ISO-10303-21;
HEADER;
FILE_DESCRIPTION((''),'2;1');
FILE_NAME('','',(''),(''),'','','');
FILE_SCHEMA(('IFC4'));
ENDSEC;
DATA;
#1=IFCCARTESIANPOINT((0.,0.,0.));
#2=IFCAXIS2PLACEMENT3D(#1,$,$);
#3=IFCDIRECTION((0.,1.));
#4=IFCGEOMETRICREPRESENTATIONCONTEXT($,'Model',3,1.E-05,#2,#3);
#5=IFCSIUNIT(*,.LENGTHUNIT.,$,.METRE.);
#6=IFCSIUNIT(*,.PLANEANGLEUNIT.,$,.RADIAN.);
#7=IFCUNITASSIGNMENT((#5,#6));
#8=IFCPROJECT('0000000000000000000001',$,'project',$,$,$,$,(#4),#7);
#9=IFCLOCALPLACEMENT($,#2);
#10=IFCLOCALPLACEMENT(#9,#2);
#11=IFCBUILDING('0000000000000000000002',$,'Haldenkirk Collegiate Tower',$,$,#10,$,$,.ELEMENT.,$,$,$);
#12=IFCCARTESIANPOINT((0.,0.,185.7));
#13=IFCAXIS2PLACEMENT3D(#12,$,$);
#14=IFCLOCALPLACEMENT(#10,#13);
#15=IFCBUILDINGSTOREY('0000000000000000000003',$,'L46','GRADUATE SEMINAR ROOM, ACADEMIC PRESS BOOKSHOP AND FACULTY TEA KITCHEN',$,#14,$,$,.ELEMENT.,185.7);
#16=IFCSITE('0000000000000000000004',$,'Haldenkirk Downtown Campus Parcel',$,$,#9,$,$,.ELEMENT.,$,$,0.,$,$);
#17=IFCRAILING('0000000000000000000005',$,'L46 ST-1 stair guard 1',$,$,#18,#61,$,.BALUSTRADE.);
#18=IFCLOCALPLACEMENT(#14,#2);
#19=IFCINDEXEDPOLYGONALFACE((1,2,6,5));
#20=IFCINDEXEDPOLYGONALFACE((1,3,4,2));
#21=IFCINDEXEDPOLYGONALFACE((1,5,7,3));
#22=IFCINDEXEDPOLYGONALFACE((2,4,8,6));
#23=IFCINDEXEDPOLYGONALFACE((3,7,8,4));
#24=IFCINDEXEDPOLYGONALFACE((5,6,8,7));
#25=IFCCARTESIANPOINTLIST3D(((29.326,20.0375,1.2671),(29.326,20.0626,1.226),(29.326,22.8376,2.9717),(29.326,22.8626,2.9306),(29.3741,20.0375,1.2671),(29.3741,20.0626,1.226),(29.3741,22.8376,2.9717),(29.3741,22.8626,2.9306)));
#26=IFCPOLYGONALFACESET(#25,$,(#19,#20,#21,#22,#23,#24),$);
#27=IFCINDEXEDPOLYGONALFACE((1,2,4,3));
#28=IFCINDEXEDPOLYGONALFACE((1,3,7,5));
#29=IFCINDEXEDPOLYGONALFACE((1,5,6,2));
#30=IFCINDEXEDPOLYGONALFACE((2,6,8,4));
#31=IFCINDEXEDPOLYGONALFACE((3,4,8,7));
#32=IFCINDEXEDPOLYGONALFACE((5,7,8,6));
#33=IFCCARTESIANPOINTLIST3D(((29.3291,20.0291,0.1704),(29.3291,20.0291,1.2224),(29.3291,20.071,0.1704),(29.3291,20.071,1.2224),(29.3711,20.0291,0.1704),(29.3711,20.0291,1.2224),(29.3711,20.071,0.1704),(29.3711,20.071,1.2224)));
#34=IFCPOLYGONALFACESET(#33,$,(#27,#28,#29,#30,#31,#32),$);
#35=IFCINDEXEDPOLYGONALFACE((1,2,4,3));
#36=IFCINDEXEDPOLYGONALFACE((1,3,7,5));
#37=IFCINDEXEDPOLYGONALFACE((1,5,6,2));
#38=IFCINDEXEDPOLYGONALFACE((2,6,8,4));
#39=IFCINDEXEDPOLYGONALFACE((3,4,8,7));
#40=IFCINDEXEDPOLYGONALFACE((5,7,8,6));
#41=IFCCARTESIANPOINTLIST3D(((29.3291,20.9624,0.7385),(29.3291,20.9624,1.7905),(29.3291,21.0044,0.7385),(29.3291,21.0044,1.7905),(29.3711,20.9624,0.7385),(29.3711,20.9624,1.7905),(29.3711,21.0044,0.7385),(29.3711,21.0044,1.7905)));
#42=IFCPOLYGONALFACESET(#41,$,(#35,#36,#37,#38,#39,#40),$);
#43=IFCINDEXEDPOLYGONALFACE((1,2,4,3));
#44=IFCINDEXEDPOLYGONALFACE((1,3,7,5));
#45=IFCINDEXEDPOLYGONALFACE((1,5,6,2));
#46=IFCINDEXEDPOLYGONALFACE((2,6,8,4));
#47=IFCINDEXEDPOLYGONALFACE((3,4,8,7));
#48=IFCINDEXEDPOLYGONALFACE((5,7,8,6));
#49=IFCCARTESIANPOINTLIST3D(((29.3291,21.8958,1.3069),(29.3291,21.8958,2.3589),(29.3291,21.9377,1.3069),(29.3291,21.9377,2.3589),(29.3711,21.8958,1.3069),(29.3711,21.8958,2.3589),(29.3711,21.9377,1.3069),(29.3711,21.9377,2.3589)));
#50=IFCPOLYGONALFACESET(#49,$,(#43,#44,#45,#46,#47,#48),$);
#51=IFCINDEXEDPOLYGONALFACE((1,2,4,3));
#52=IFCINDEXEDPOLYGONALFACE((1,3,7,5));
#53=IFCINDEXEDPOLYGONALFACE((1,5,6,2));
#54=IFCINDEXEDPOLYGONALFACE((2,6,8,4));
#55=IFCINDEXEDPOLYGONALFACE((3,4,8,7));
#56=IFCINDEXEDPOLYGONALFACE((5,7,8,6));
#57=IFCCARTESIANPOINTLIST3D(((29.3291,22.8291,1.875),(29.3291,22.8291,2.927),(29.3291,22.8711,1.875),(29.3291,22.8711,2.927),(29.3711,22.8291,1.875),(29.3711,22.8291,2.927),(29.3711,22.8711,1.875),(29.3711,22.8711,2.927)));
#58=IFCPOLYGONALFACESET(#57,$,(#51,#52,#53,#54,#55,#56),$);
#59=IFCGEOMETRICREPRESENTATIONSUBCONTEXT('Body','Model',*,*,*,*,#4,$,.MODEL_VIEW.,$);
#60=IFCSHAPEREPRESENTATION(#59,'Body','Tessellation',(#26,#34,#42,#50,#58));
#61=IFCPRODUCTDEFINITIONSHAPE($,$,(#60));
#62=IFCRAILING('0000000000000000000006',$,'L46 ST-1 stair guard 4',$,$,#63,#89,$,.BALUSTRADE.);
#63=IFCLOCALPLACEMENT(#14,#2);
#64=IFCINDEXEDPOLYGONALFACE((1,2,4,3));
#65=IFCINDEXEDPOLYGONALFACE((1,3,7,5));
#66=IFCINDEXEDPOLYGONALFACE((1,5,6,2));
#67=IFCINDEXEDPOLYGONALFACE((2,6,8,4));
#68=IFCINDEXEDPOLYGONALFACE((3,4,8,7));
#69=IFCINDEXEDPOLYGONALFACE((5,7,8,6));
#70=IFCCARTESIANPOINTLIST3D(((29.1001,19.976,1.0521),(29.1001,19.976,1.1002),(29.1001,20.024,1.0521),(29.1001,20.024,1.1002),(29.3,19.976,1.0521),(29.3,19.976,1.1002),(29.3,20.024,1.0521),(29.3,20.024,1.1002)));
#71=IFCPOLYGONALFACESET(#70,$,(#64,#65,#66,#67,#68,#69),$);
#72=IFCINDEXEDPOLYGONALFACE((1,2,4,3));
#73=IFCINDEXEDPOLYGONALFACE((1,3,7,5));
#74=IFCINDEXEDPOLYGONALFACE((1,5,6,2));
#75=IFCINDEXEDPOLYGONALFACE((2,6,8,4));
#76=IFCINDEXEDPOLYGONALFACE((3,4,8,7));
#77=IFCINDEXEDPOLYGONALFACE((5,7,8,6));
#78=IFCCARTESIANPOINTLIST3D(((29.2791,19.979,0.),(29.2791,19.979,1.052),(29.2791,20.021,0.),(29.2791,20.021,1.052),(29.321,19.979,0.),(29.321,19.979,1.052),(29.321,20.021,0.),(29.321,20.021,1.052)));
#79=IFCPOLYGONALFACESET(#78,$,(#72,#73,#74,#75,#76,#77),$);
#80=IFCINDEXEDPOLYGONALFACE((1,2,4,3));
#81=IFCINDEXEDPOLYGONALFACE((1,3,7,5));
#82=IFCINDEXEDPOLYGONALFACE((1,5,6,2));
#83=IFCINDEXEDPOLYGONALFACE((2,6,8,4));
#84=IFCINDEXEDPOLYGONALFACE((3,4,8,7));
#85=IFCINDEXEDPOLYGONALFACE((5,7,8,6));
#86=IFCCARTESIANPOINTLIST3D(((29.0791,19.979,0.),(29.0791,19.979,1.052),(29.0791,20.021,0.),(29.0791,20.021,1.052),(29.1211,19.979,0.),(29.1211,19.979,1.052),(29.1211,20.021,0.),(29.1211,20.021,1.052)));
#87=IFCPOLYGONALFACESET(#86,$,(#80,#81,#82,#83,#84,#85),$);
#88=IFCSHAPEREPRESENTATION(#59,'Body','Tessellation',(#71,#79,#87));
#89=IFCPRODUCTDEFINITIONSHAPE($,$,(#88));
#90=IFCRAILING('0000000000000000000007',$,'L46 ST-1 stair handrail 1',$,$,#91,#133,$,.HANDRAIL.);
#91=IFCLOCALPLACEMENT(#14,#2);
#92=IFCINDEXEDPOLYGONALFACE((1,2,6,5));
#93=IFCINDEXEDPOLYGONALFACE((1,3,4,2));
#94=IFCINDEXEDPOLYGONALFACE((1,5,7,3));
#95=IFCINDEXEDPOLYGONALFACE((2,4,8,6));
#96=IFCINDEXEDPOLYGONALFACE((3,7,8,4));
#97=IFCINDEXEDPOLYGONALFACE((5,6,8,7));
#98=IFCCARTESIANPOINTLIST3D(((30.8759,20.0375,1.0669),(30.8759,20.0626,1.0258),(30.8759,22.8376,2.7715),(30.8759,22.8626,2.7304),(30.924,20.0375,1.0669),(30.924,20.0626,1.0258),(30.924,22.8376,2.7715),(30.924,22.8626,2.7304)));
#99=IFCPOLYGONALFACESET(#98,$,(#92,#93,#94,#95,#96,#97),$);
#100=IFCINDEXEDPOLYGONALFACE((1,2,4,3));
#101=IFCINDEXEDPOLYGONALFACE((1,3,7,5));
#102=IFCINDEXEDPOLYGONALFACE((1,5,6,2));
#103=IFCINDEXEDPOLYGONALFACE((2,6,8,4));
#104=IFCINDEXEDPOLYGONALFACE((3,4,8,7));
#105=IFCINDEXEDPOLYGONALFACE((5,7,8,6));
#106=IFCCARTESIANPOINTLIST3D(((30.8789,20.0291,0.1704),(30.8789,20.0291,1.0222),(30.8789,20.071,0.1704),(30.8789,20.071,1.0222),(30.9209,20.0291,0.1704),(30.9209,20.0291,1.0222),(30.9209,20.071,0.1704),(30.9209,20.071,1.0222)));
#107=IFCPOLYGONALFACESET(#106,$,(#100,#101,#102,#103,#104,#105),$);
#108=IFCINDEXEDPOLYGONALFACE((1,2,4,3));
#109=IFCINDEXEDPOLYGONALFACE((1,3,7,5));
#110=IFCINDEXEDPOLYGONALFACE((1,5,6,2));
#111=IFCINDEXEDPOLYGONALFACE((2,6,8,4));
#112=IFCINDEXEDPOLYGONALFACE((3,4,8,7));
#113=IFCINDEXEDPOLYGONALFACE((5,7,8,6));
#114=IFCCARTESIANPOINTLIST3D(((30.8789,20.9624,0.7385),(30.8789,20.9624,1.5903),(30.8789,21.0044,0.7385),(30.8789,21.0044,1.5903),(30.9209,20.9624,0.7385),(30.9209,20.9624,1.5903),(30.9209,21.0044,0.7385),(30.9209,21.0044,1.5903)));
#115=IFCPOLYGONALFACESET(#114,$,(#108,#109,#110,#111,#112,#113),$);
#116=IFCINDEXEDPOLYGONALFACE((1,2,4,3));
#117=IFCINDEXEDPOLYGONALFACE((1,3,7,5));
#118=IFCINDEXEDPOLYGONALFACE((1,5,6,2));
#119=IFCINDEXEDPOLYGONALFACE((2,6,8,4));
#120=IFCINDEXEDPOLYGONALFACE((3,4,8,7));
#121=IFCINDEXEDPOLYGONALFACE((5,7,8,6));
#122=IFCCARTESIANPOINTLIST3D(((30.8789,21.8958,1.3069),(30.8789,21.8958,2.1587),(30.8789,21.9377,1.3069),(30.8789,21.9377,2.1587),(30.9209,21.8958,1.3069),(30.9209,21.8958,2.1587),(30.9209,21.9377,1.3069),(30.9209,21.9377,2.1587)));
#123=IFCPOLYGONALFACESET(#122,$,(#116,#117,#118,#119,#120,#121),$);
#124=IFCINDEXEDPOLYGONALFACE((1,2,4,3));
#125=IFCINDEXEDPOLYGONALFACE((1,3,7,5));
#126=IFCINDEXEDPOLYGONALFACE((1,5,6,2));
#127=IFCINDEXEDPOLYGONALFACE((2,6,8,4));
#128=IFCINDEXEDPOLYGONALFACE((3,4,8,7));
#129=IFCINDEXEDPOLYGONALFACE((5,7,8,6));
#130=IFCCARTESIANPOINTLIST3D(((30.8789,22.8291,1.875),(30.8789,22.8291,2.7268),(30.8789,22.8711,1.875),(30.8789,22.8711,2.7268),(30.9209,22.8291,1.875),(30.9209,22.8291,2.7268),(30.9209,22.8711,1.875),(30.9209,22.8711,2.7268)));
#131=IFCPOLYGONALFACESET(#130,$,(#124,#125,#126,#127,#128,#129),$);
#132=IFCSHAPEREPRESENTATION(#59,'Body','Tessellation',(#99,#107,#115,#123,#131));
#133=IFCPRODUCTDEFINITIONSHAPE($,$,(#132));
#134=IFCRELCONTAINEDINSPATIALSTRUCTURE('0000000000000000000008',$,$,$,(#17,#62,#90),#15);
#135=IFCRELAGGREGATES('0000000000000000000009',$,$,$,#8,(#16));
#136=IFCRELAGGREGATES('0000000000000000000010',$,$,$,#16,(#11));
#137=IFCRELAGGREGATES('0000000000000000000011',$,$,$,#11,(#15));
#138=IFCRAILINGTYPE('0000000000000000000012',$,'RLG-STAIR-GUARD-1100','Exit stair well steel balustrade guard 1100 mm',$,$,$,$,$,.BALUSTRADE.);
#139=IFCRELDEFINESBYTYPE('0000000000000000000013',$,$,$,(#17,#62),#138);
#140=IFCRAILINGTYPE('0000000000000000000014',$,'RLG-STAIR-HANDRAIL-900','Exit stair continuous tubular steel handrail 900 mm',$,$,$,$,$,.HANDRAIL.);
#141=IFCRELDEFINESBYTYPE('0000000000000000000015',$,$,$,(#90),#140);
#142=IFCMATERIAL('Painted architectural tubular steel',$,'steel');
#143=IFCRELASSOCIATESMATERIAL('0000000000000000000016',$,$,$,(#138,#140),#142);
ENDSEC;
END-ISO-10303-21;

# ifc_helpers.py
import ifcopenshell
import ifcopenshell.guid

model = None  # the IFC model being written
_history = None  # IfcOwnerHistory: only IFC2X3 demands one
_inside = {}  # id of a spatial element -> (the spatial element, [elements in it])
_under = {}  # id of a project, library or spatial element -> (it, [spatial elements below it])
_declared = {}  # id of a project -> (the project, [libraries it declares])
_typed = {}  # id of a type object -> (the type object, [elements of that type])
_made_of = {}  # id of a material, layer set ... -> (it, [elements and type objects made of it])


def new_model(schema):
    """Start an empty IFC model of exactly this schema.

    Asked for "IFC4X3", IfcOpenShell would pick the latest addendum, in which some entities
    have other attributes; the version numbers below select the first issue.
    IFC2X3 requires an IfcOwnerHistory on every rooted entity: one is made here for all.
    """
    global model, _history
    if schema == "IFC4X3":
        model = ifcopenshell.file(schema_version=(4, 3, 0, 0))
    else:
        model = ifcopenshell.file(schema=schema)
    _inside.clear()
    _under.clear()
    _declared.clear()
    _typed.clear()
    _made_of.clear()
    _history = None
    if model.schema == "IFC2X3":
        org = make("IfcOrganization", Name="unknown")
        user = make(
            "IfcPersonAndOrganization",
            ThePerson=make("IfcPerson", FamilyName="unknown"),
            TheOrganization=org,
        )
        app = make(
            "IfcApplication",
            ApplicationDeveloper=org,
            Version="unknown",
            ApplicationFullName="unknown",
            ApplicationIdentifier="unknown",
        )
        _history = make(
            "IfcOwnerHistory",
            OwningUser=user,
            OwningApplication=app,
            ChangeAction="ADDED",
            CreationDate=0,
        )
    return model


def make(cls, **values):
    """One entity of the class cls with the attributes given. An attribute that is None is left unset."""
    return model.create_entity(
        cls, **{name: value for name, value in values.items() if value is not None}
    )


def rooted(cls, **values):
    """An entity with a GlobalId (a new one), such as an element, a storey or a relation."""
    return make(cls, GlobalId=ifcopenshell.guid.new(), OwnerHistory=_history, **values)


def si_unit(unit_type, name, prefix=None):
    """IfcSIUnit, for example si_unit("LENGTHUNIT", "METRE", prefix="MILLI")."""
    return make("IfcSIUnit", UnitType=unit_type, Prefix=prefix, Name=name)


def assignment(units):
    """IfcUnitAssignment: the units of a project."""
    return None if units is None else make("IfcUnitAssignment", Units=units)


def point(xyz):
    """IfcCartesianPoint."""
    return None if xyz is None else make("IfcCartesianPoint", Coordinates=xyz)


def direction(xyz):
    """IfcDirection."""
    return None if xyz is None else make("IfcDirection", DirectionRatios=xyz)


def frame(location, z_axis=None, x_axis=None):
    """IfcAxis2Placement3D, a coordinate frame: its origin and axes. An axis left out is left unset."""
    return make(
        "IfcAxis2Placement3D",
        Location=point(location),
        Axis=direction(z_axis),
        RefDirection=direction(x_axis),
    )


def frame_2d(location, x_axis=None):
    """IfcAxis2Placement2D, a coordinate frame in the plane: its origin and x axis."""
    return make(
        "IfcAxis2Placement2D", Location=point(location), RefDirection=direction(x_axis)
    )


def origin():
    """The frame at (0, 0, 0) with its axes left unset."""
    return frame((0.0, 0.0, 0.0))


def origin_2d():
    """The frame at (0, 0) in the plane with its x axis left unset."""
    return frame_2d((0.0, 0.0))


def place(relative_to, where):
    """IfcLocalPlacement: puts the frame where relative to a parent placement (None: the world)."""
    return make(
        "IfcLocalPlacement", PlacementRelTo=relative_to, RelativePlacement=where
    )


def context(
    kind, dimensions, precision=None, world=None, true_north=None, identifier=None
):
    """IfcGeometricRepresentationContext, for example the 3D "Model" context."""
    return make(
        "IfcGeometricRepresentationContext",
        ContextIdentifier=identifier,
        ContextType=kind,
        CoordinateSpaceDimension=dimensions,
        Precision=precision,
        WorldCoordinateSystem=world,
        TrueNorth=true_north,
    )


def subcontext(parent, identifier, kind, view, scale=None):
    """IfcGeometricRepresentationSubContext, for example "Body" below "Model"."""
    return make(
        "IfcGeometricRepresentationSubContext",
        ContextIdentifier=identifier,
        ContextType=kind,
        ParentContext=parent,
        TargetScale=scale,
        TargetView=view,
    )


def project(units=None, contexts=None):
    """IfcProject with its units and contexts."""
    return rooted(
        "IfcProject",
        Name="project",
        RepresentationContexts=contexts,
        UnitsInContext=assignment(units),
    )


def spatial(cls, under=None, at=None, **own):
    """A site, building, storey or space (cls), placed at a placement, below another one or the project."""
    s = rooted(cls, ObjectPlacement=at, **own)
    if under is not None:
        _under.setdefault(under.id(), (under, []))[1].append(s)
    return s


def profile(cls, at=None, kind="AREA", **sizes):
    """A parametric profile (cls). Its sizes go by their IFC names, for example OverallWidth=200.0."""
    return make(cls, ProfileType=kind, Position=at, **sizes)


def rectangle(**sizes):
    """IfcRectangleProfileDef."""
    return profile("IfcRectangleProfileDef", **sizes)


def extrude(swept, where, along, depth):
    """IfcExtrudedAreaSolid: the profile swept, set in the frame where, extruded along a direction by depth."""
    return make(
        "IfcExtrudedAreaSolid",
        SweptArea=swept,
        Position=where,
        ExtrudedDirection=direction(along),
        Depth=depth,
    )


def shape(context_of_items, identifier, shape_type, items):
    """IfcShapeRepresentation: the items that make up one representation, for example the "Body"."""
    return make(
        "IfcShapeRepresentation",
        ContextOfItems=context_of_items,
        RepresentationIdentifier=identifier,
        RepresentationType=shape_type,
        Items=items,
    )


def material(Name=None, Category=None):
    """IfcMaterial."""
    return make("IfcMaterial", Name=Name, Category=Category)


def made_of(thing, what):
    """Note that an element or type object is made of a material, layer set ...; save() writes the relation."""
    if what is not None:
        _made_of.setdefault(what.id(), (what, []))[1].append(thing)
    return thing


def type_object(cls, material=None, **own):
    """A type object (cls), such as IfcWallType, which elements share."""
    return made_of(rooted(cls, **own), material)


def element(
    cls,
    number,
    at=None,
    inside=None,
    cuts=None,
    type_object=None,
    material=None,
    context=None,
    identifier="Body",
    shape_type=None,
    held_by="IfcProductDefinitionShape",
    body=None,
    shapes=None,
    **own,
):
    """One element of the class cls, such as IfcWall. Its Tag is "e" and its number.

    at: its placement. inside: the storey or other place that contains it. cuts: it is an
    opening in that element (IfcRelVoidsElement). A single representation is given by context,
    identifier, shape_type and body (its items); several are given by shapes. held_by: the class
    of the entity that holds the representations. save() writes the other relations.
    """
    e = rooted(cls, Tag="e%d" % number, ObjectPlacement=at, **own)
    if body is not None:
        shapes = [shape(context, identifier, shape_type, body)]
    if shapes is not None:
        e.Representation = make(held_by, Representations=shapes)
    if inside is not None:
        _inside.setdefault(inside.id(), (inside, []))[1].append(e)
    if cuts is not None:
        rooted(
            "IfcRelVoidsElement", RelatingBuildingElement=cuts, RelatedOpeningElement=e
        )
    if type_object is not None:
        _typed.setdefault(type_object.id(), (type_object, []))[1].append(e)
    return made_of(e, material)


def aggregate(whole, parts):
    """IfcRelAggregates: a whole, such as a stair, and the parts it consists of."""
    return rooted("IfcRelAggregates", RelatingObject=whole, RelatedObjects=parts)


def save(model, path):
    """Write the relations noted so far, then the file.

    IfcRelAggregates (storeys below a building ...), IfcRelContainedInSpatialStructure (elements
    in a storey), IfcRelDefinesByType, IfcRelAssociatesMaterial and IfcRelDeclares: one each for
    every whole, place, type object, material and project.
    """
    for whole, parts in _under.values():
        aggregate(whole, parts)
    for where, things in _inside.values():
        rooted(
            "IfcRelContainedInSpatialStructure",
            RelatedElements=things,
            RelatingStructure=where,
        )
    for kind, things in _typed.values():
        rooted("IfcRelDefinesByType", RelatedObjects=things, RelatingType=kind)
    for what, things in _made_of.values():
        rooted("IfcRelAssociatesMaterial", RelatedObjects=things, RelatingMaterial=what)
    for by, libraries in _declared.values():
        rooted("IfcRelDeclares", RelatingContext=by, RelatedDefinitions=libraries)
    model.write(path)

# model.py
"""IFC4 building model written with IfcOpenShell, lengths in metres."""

from ifc_helpers import new_model, si_unit, direction, frame, origin, origin_2d, place, context, subcontext, project, spatial, rectangle, extrude, material, type_object, element, save


model = new_model("IFC4")

# Units and contexts
model_context = context("Model", 3, precision=1e-05, world=origin(), true_north=direction((0.0, 1.0)))
body_context = subcontext(model_context, "Body", "Model", "MODEL_VIEW")
ifc_project = project(units=[si_unit("LENGTHUNIT", "METRE"), si_unit("PLANEANGLEUNIT", "RADIAN")], contexts=[model_context])

# Site, building, storey
site_placement = place(None, origin())
site = spatial("IfcSite", under=ifc_project, at=site_placement, Name="Haldenkirk Downtown Campus Parcel", CompositionType="ELEMENT", RefElevation=0.0)
building_placement = place(site_placement, origin())
building = spatial("IfcBuilding", under=site, at=building_placement, Name="Haldenkirk Collegiate Tower", CompositionType="ELEMENT")
storey_placement = place(building_placement, frame((0.0, 0.0, 185.7)))
storey = spatial("IfcBuildingStorey", under=building, at=storey_placement, Name="L46", Description="GRADUATE SEMINAR ROOM, ACADEMIC PRESS BOOKSHOP AND FACULTY TEA KITCHEN", CompositionType="ELEMENT", Elevation=185.7)

# Railings
ifc_material_1 = material(Name="Painted architectural tubular steel", Category="steel")
railing_type_1 = type_object("IfcRailingType", Name="RLG-STAIR-GUARD-1100", Description="Exit stair well steel balustrade guard 1100 mm", PredefinedType="BALUSTRADE", material=ifc_material_1)
railing_1_placement = place(storey_placement, frame((29.3501, 20.05, 0.1704)))
element("IfcRailing", 1, at=railing_1_placement, inside=storey, type_object=railing_type_1, Name="L46 ST-1 stair guard 1", PredefinedType="BALUSTRADE", context=body_context, shape_type="SweptSolid", body=[
    extrude(rectangle(XDim=0.0481, YDim=0.0481, at=origin_2d()), frame((0.0, 0.0, 1.0762), z_axis=(0.0, 0.85417, 0.519994), x_axis=(-1.0, 0.0, 0.0)), (0.0, 0.0, 1.0), 3.2781),
    extrude(rectangle(XDim=0.042, YDim=0.042, at=origin_2d()), origin(), (0.0, 0.0, 1.0), 1.052),
    extrude(rectangle(XDim=0.042, YDim=0.042, at=origin_2d()), frame((0.0, 0.9333, 0.5681)), (0.0, 0.0, 1.0), 1.052),
    extrude(rectangle(XDim=0.042, YDim=0.042, at=origin_2d()), frame((0.0, 1.8667, 1.1365)), (0.0, 0.0, 1.0), 1.052),
    extrude(rectangle(XDim=0.042, YDim=0.042, at=origin_2d()), frame((0.0, 2.8, 1.7046)), (0.0, 0.0, 1.0), 1.052),
])
railing_2_placement = place(storey_placement, frame((29.3, 20.0, 0.0)))
element("IfcRailing", 2, at=railing_2_placement, inside=storey, type_object=railing_type_1, Name="L46 ST-1 stair guard 4", PredefinedType="BALUSTRADE", context=body_context, shape_type="SweptSolid", body=[
    extrude(rectangle(XDim=0.0481, YDim=0.0481, at=origin_2d()), frame((0.0, 0.0, 1.0762), z_axis=(-1.0, 0.0, 0.0), x_axis=(0.0, -1.0, 0.0)), (0.0, 0.0, 1.0), 0.2),
    extrude(rectangle(XDim=0.042, YDim=0.042, at=origin_2d()), origin(), (0.0, 0.0, 1.0), 1.052),
    extrude(rectangle(XDim=0.042, YDim=0.042, at=origin_2d()), frame((-0.2, 0.0, 0.0)), (0.0, 0.0, 1.0), 1.052),
])
railing_type_2 = type_object("IfcRailingType", Name="RLG-STAIR-HANDRAIL-900", Description="Exit stair continuous tubular steel handrail 900 mm", PredefinedType="HANDRAIL", material=ifc_material_1)
railing_3_placement = place(storey_placement, frame((30.8999, 20.05, 0.1704)))
element("IfcRailing", 3, at=railing_3_placement, inside=storey, type_object=railing_type_2, Name="L46 ST-1 stair handrail 1", PredefinedType="HANDRAIL", context=body_context, shape_type="SweptSolid", body=[
    extrude(rectangle(XDim=0.0481, YDim=0.0481, at=origin_2d()), frame((0.0, 0.0, 0.876), z_axis=(0.0, 0.85417, 0.519994), x_axis=(-1.0, 0.0, 0.0)), (0.0, 0.0, 1.0), 3.2781),
    extrude(rectangle(XDim=0.042, YDim=0.042, at=origin_2d()), origin(), (0.0, 0.0, 1.0), 0.8518),
    extrude(rectangle(XDim=0.042, YDim=0.042, at=origin_2d()), frame((0.0, 0.9333, 0.5681)), (0.0, 0.0, 1.0), 0.8518),
    extrude(rectangle(XDim=0.042, YDim=0.042, at=origin_2d()), frame((0.0, 1.8667, 1.1365)), (0.0, 0.0, 1.0), 0.8518),
    extrude(rectangle(XDim=0.042, YDim=0.042, at=origin_2d()), frame((0.0, 2.8, 1.7046)), (0.0, 0.0, 1.0), 0.8518),
])

save(model, "model.ifc")
